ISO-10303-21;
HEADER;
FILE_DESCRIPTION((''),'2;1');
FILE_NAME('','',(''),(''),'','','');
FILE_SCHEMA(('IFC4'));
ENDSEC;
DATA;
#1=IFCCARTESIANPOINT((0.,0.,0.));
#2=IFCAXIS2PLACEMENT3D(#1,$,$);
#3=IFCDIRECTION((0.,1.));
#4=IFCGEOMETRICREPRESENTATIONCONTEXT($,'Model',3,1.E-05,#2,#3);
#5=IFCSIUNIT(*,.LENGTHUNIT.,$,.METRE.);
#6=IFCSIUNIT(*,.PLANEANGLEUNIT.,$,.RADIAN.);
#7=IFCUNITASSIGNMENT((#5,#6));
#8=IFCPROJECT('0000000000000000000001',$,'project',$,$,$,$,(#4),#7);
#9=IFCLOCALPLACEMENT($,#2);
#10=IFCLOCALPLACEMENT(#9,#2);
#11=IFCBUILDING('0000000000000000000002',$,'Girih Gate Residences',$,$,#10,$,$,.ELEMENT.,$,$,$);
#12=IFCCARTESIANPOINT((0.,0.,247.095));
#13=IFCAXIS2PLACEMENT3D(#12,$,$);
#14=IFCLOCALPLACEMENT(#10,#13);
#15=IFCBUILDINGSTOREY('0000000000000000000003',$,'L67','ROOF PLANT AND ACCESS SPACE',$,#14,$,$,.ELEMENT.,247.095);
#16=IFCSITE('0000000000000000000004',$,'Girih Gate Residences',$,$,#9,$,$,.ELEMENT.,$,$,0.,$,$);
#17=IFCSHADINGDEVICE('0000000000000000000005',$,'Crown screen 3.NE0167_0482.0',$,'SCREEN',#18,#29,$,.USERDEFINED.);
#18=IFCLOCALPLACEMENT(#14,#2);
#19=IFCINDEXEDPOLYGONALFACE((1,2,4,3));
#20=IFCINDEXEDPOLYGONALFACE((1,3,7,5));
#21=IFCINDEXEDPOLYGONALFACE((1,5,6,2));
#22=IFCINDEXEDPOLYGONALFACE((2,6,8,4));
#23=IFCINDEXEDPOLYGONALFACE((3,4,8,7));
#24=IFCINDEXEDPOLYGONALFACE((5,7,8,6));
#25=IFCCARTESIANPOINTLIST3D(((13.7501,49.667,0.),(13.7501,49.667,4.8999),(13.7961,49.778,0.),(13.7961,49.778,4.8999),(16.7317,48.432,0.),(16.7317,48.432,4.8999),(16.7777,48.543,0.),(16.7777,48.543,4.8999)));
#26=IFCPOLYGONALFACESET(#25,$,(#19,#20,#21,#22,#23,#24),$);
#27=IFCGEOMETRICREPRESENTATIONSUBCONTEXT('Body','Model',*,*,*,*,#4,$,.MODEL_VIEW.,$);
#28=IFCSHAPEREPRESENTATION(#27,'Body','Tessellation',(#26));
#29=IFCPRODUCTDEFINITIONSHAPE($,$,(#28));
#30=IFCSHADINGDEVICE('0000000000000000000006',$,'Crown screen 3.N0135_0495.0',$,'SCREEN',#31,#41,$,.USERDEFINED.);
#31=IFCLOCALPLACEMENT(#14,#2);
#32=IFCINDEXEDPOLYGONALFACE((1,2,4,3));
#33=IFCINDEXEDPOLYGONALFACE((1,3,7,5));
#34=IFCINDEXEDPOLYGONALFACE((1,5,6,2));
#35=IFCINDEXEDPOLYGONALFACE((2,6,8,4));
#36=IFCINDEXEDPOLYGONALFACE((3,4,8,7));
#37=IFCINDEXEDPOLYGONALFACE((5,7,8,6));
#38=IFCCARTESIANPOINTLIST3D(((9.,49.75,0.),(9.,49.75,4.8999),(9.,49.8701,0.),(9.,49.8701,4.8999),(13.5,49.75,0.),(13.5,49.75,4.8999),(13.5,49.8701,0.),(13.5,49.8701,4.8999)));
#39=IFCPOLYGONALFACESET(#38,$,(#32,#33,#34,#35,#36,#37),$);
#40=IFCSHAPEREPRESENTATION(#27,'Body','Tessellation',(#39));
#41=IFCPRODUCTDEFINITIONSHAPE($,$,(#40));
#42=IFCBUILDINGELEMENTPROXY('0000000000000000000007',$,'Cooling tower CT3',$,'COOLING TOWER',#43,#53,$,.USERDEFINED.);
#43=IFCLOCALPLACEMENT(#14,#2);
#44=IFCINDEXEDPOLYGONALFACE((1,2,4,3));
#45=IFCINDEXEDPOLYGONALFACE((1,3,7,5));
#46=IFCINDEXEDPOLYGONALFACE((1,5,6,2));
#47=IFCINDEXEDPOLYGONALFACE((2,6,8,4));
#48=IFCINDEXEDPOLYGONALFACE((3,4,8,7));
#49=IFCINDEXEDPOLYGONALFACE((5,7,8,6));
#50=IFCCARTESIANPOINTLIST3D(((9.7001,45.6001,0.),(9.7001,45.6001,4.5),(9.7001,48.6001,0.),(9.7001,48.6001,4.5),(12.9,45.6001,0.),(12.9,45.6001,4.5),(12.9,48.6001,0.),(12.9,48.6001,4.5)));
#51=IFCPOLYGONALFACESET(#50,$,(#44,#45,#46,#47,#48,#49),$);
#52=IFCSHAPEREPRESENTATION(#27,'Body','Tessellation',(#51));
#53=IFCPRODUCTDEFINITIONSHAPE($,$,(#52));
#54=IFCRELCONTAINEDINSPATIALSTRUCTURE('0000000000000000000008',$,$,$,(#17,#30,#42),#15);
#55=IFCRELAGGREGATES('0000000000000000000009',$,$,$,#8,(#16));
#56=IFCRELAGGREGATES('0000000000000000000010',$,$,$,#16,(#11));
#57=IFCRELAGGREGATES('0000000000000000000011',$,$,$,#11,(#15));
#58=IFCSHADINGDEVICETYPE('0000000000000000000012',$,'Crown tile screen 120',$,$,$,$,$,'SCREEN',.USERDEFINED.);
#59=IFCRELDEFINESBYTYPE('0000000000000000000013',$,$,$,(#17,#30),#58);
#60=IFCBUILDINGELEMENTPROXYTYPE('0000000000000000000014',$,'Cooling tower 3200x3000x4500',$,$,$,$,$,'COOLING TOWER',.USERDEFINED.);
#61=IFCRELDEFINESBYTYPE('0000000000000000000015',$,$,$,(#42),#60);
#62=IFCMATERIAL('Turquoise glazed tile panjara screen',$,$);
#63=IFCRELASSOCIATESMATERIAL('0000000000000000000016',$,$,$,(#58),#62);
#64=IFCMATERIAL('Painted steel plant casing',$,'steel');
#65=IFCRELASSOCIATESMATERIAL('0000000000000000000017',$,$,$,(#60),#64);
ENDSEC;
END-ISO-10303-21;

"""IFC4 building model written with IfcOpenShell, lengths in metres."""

from ifc_helpers import new_model, si_unit, direction, frame, origin, origin_2d, place, context, subcontext, project, spatial, rectangle, extrude, material, type_object, element, save


model = new_model("IFC4")

# Units and contexts
model_context = context("Model", 3, precision=1e-05, world=origin(), true_north=direction((0.0, 1.0)))
body_context = subcontext(model_context, "Body", "Model", "MODEL_VIEW")
ifc_project = project(units=[si_unit("LENGTHUNIT", "METRE"), si_unit("PLANEANGLEUNIT", "RADIAN")], contexts=[model_context])

# Site, building, storey
site_placement = place(None, origin())
site = spatial("IfcSite", under=ifc_project, at=site_placement, Name="Girih Gate Residences", CompositionType="ELEMENT", RefElevation=0.0)
building_placement = place(site_placement, origin())
building = spatial("IfcBuilding", under=site, at=building_placement, Name="Girih Gate Residences", CompositionType="ELEMENT")
storey_placement = place(building_placement, frame((0.0, 0.0, 247.095)))
storey = spatial("IfcBuildingStorey", under=building, at=storey_placement, Name="L67", Description="ROOF PLANT AND ACCESS SPACE", CompositionType="ELEMENT", Elevation=247.095)

# Shading devices
ifc_material_1 = material(Name="Turquoise glazed tile panjara screen")
shading_device_type_1 = type_object("IfcShadingDeviceType", Name="Crown tile screen 120", ElementType="SCREEN", PredefinedType="USERDEFINED", material=ifc_material_1)
for number, where, z_axis, x_axis, name in (
    (1, (15.2639, 49.105, 0.0), (0.0, 0.0, 1.0), (-0.92388, 0.382683, 0.0), "Crown screen 3.NE0167_0482.0"),
):
    element("IfcShadingDevice", number, at=place(storey_placement, frame(where, z_axis=z_axis, x_axis=x_axis)), inside=storey, type_object=shading_device_type_1, Name=name, ObjectType="SCREEN", PredefinedType="USERDEFINED", context=body_context, shape_type="SweptSolid", body=[
        extrude(rectangle(XDim=3.2273, YDim=0.1201, at=origin_2d()), origin(), (0.0, 0.0, 1.0), 4.8999),
    ])
shading_device_placement = place(storey_placement, frame((11.25, 49.8101, 0.0), z_axis=(0.0, 0.0, 1.0), x_axis=(-1.0, 0.0, 0.0)))
element("IfcShadingDevice", 2, at=shading_device_placement, inside=storey, type_object=shading_device_type_1, Name="Crown screen 3.N0135_0495.0", ObjectType="SCREEN", PredefinedType="USERDEFINED", context=body_context, shape_type="SweptSolid", body=[
    extrude(rectangle(XDim=4.5, YDim=0.1201, at=origin_2d()), origin(), (0.0, 0.0, 1.0), 4.8999),
])

# Building element proxy
ifc_material_2 = material(Name="Painted steel plant casing", Category="steel")
building_element_proxy_type = type_object("IfcBuildingElementProxyType", Name="Cooling tower 3200x3000x4500", ElementType="COOLING TOWER", PredefinedType="USERDEFINED", material=ifc_material_2)
proxy_placement = place(storey_placement, frame((11.3, 47.1001, 0.0), z_axis=(0.0, 0.0, 1.0), x_axis=(1.0, 0.0, 0.0)))
element("IfcBuildingElementProxy", 3, at=proxy_placement, inside=storey, type_object=building_element_proxy_type, Name="Cooling tower CT3", ObjectType="COOLING TOWER", PredefinedType="USERDEFINED", context=body_context, shape_type="SweptSolid", body=[
    extrude(rectangle(XDim=3.2, YDim=3.0, at=origin_2d()), origin(), (0.0, 0.0, 1.0), 4.5),
])

save(model, "model.ifc")
